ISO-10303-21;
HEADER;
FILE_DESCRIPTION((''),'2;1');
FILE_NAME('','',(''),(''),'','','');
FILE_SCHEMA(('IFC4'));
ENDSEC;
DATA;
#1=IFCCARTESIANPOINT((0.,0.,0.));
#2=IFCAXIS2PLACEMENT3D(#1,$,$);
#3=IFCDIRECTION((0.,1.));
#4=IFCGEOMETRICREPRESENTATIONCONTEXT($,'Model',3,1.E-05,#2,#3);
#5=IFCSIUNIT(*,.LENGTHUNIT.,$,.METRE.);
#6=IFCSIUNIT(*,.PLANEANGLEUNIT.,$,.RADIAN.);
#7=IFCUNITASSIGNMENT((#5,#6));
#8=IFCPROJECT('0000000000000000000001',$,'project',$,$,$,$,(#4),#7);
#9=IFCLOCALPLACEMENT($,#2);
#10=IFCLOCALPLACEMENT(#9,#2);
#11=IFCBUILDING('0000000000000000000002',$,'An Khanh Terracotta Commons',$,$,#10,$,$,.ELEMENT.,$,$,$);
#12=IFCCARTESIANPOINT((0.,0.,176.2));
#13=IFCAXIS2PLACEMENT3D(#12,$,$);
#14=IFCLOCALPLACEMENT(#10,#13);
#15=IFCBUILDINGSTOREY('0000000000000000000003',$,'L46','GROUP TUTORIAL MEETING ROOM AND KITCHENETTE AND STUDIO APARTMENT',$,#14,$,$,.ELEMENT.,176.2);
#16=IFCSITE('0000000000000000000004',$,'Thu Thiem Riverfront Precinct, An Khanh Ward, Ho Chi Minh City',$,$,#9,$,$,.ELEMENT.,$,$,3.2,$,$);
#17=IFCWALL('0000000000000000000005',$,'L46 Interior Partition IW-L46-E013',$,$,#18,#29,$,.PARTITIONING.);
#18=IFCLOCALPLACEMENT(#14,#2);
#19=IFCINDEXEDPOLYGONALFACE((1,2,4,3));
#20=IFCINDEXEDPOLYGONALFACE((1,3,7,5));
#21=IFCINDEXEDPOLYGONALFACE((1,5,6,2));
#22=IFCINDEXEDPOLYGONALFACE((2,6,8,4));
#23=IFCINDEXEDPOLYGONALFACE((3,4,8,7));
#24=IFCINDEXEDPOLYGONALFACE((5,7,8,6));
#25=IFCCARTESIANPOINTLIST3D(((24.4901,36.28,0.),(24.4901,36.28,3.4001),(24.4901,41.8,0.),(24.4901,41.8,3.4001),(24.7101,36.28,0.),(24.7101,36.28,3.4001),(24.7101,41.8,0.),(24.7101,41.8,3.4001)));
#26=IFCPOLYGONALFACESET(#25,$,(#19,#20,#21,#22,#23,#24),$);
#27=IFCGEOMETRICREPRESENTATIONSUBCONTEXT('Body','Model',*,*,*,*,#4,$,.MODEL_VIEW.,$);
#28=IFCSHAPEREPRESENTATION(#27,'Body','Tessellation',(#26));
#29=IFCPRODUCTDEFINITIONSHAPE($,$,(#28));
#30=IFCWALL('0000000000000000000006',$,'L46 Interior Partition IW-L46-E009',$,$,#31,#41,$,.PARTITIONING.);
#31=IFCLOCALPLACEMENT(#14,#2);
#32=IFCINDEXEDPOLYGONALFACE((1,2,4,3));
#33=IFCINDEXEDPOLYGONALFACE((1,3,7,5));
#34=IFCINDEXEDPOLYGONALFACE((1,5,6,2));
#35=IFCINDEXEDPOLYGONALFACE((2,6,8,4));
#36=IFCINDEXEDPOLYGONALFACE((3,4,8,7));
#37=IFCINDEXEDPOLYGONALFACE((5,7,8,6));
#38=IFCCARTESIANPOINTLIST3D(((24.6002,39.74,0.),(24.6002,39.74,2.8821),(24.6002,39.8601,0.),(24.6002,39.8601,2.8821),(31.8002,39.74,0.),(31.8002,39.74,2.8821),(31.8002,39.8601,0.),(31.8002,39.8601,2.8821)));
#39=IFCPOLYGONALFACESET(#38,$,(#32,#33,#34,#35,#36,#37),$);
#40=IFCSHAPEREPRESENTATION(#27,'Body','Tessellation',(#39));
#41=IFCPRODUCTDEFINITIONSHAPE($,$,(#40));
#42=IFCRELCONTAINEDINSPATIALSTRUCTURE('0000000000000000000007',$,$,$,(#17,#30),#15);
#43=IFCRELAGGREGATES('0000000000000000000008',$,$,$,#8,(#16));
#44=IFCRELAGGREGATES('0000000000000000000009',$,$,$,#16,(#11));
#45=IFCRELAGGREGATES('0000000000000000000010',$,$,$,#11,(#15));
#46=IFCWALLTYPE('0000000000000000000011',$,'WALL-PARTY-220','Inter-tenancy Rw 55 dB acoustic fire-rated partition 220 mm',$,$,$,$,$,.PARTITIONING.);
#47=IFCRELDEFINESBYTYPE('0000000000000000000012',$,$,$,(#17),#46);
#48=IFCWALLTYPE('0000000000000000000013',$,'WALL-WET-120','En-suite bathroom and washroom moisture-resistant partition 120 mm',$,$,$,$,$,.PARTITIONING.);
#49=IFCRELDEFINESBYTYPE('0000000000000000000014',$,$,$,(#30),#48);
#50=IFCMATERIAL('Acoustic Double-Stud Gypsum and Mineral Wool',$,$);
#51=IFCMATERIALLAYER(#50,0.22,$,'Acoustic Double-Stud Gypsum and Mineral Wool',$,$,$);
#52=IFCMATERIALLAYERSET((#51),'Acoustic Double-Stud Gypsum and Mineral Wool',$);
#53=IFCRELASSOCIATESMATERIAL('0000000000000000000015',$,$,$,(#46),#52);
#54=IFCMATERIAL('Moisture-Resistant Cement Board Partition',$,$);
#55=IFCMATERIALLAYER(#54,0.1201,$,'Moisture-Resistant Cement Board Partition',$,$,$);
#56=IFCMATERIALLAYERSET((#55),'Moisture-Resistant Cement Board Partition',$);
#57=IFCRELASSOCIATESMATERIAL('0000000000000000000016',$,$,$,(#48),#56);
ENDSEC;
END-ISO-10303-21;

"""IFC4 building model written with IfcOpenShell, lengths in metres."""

from ifc_helpers import new_model, si_unit, direction, frame, frame_2d, origin, place, context, subcontext, project, spatial, rectangle, extrude, material, layer, layer_set, type_object, element, save


model = new_model("IFC4")

# Units and contexts
model_context = context("Model", 3, precision=1e-05, world=origin(), true_north=direction((0.0, 1.0)))
body_context = subcontext(model_context, "Body", "Model", "MODEL_VIEW")
ifc_project = project(units=[si_unit("LENGTHUNIT", "METRE"), si_unit("PLANEANGLEUNIT", "RADIAN")], contexts=[model_context])

# Site, building, storey
site_placement = place(None, origin())
site = spatial("IfcSite", under=ifc_project, at=site_placement, Name="Thu Thiem Riverfront Precinct, An Khanh Ward, Ho Chi Minh City", CompositionType="ELEMENT", RefElevation=3.2)
building_placement = place(site_placement, origin())
building = spatial("IfcBuilding", under=site, at=building_placement, Name="An Khanh Terracotta Commons", CompositionType="ELEMENT")
storey_placement = place(building_placement, frame((0.0, 0.0, 176.2)))
storey = spatial("IfcBuildingStorey", under=building, at=storey_placement, Name="L46", Description="GROUP TUTORIAL MEETING ROOM AND KITCHENETTE AND STUDIO APARTMENT", CompositionType="ELEMENT", Elevation=176.2)

# Shared definitions
ifc_material_1 = material(Name="Acoustic Double-Stud Gypsum and Mineral Wool")
ifc_layer_1 = layer(ifc_material_1, 0.22, Name="Acoustic Double-Stud Gypsum and Mineral Wool")
ifc_layer_set_1 = layer_set([ifc_layer_1], Name="Acoustic Double-Stud Gypsum and Mineral Wool")
wall_type_1 = type_object("IfcWallType", Name="WALL-PARTY-220", Description="Inter-tenancy Rw 55 dB acoustic fire-rated partition 220 mm", PredefinedType="PARTITIONING", material=ifc_layer_set_1)

# Walls
wall_1_placement = place(storey_placement, frame((24.6001, 36.28, 0.0), z_axis=(0.0, 0.0, 1.0), x_axis=(0.0, 1.0, 0.0)))
element("IfcWall", 1, at=wall_1_placement, inside=storey, type_object=wall_type_1, Name="L46 Interior Partition IW-L46-E013", PredefinedType="PARTITIONING", context=body_context, shape_type="SweptSolid", body=[
    extrude(rectangle(XDim=5.52, YDim=0.22, at=frame_2d((2.76, 0.0))), origin(), (0.0, 0.0, 1.0), 3.4001),
])
ifc_material_2 = material(Name="Moisture-Resistant Cement Board Partition")
ifc_layer_2 = layer(ifc_material_2, 0.1201, Name="Moisture-Resistant Cement Board Partition")
ifc_layer_set_2 = layer_set([ifc_layer_2], Name="Moisture-Resistant Cement Board Partition")
wall_type_2 = type_object("IfcWallType", Name="WALL-WET-120", Description="En-suite bathroom and washroom moisture-resistant partition 120 mm", PredefinedType="PARTITIONING", material=ifc_layer_set_2)
wall_2_placement = place(storey_placement, frame((24.6001, 39.8, 0.0), z_axis=(0.0, 0.0, 1.0), x_axis=(1.0, 0.0, 0.0)))
element("IfcWall", 2, at=wall_2_placement, inside=storey, type_object=wall_type_2, Name="L46 Interior Partition IW-L46-E009", PredefinedType="PARTITIONING", context=body_context, shape_type="SweptSolid", body=[
    extrude(rectangle(XDim=7.2, YDim=0.1201, at=frame_2d((3.6001, 0.0))), origin(), (0.0, 0.0, 1.0), 2.8821),
])

save(model, "model.ifc")
